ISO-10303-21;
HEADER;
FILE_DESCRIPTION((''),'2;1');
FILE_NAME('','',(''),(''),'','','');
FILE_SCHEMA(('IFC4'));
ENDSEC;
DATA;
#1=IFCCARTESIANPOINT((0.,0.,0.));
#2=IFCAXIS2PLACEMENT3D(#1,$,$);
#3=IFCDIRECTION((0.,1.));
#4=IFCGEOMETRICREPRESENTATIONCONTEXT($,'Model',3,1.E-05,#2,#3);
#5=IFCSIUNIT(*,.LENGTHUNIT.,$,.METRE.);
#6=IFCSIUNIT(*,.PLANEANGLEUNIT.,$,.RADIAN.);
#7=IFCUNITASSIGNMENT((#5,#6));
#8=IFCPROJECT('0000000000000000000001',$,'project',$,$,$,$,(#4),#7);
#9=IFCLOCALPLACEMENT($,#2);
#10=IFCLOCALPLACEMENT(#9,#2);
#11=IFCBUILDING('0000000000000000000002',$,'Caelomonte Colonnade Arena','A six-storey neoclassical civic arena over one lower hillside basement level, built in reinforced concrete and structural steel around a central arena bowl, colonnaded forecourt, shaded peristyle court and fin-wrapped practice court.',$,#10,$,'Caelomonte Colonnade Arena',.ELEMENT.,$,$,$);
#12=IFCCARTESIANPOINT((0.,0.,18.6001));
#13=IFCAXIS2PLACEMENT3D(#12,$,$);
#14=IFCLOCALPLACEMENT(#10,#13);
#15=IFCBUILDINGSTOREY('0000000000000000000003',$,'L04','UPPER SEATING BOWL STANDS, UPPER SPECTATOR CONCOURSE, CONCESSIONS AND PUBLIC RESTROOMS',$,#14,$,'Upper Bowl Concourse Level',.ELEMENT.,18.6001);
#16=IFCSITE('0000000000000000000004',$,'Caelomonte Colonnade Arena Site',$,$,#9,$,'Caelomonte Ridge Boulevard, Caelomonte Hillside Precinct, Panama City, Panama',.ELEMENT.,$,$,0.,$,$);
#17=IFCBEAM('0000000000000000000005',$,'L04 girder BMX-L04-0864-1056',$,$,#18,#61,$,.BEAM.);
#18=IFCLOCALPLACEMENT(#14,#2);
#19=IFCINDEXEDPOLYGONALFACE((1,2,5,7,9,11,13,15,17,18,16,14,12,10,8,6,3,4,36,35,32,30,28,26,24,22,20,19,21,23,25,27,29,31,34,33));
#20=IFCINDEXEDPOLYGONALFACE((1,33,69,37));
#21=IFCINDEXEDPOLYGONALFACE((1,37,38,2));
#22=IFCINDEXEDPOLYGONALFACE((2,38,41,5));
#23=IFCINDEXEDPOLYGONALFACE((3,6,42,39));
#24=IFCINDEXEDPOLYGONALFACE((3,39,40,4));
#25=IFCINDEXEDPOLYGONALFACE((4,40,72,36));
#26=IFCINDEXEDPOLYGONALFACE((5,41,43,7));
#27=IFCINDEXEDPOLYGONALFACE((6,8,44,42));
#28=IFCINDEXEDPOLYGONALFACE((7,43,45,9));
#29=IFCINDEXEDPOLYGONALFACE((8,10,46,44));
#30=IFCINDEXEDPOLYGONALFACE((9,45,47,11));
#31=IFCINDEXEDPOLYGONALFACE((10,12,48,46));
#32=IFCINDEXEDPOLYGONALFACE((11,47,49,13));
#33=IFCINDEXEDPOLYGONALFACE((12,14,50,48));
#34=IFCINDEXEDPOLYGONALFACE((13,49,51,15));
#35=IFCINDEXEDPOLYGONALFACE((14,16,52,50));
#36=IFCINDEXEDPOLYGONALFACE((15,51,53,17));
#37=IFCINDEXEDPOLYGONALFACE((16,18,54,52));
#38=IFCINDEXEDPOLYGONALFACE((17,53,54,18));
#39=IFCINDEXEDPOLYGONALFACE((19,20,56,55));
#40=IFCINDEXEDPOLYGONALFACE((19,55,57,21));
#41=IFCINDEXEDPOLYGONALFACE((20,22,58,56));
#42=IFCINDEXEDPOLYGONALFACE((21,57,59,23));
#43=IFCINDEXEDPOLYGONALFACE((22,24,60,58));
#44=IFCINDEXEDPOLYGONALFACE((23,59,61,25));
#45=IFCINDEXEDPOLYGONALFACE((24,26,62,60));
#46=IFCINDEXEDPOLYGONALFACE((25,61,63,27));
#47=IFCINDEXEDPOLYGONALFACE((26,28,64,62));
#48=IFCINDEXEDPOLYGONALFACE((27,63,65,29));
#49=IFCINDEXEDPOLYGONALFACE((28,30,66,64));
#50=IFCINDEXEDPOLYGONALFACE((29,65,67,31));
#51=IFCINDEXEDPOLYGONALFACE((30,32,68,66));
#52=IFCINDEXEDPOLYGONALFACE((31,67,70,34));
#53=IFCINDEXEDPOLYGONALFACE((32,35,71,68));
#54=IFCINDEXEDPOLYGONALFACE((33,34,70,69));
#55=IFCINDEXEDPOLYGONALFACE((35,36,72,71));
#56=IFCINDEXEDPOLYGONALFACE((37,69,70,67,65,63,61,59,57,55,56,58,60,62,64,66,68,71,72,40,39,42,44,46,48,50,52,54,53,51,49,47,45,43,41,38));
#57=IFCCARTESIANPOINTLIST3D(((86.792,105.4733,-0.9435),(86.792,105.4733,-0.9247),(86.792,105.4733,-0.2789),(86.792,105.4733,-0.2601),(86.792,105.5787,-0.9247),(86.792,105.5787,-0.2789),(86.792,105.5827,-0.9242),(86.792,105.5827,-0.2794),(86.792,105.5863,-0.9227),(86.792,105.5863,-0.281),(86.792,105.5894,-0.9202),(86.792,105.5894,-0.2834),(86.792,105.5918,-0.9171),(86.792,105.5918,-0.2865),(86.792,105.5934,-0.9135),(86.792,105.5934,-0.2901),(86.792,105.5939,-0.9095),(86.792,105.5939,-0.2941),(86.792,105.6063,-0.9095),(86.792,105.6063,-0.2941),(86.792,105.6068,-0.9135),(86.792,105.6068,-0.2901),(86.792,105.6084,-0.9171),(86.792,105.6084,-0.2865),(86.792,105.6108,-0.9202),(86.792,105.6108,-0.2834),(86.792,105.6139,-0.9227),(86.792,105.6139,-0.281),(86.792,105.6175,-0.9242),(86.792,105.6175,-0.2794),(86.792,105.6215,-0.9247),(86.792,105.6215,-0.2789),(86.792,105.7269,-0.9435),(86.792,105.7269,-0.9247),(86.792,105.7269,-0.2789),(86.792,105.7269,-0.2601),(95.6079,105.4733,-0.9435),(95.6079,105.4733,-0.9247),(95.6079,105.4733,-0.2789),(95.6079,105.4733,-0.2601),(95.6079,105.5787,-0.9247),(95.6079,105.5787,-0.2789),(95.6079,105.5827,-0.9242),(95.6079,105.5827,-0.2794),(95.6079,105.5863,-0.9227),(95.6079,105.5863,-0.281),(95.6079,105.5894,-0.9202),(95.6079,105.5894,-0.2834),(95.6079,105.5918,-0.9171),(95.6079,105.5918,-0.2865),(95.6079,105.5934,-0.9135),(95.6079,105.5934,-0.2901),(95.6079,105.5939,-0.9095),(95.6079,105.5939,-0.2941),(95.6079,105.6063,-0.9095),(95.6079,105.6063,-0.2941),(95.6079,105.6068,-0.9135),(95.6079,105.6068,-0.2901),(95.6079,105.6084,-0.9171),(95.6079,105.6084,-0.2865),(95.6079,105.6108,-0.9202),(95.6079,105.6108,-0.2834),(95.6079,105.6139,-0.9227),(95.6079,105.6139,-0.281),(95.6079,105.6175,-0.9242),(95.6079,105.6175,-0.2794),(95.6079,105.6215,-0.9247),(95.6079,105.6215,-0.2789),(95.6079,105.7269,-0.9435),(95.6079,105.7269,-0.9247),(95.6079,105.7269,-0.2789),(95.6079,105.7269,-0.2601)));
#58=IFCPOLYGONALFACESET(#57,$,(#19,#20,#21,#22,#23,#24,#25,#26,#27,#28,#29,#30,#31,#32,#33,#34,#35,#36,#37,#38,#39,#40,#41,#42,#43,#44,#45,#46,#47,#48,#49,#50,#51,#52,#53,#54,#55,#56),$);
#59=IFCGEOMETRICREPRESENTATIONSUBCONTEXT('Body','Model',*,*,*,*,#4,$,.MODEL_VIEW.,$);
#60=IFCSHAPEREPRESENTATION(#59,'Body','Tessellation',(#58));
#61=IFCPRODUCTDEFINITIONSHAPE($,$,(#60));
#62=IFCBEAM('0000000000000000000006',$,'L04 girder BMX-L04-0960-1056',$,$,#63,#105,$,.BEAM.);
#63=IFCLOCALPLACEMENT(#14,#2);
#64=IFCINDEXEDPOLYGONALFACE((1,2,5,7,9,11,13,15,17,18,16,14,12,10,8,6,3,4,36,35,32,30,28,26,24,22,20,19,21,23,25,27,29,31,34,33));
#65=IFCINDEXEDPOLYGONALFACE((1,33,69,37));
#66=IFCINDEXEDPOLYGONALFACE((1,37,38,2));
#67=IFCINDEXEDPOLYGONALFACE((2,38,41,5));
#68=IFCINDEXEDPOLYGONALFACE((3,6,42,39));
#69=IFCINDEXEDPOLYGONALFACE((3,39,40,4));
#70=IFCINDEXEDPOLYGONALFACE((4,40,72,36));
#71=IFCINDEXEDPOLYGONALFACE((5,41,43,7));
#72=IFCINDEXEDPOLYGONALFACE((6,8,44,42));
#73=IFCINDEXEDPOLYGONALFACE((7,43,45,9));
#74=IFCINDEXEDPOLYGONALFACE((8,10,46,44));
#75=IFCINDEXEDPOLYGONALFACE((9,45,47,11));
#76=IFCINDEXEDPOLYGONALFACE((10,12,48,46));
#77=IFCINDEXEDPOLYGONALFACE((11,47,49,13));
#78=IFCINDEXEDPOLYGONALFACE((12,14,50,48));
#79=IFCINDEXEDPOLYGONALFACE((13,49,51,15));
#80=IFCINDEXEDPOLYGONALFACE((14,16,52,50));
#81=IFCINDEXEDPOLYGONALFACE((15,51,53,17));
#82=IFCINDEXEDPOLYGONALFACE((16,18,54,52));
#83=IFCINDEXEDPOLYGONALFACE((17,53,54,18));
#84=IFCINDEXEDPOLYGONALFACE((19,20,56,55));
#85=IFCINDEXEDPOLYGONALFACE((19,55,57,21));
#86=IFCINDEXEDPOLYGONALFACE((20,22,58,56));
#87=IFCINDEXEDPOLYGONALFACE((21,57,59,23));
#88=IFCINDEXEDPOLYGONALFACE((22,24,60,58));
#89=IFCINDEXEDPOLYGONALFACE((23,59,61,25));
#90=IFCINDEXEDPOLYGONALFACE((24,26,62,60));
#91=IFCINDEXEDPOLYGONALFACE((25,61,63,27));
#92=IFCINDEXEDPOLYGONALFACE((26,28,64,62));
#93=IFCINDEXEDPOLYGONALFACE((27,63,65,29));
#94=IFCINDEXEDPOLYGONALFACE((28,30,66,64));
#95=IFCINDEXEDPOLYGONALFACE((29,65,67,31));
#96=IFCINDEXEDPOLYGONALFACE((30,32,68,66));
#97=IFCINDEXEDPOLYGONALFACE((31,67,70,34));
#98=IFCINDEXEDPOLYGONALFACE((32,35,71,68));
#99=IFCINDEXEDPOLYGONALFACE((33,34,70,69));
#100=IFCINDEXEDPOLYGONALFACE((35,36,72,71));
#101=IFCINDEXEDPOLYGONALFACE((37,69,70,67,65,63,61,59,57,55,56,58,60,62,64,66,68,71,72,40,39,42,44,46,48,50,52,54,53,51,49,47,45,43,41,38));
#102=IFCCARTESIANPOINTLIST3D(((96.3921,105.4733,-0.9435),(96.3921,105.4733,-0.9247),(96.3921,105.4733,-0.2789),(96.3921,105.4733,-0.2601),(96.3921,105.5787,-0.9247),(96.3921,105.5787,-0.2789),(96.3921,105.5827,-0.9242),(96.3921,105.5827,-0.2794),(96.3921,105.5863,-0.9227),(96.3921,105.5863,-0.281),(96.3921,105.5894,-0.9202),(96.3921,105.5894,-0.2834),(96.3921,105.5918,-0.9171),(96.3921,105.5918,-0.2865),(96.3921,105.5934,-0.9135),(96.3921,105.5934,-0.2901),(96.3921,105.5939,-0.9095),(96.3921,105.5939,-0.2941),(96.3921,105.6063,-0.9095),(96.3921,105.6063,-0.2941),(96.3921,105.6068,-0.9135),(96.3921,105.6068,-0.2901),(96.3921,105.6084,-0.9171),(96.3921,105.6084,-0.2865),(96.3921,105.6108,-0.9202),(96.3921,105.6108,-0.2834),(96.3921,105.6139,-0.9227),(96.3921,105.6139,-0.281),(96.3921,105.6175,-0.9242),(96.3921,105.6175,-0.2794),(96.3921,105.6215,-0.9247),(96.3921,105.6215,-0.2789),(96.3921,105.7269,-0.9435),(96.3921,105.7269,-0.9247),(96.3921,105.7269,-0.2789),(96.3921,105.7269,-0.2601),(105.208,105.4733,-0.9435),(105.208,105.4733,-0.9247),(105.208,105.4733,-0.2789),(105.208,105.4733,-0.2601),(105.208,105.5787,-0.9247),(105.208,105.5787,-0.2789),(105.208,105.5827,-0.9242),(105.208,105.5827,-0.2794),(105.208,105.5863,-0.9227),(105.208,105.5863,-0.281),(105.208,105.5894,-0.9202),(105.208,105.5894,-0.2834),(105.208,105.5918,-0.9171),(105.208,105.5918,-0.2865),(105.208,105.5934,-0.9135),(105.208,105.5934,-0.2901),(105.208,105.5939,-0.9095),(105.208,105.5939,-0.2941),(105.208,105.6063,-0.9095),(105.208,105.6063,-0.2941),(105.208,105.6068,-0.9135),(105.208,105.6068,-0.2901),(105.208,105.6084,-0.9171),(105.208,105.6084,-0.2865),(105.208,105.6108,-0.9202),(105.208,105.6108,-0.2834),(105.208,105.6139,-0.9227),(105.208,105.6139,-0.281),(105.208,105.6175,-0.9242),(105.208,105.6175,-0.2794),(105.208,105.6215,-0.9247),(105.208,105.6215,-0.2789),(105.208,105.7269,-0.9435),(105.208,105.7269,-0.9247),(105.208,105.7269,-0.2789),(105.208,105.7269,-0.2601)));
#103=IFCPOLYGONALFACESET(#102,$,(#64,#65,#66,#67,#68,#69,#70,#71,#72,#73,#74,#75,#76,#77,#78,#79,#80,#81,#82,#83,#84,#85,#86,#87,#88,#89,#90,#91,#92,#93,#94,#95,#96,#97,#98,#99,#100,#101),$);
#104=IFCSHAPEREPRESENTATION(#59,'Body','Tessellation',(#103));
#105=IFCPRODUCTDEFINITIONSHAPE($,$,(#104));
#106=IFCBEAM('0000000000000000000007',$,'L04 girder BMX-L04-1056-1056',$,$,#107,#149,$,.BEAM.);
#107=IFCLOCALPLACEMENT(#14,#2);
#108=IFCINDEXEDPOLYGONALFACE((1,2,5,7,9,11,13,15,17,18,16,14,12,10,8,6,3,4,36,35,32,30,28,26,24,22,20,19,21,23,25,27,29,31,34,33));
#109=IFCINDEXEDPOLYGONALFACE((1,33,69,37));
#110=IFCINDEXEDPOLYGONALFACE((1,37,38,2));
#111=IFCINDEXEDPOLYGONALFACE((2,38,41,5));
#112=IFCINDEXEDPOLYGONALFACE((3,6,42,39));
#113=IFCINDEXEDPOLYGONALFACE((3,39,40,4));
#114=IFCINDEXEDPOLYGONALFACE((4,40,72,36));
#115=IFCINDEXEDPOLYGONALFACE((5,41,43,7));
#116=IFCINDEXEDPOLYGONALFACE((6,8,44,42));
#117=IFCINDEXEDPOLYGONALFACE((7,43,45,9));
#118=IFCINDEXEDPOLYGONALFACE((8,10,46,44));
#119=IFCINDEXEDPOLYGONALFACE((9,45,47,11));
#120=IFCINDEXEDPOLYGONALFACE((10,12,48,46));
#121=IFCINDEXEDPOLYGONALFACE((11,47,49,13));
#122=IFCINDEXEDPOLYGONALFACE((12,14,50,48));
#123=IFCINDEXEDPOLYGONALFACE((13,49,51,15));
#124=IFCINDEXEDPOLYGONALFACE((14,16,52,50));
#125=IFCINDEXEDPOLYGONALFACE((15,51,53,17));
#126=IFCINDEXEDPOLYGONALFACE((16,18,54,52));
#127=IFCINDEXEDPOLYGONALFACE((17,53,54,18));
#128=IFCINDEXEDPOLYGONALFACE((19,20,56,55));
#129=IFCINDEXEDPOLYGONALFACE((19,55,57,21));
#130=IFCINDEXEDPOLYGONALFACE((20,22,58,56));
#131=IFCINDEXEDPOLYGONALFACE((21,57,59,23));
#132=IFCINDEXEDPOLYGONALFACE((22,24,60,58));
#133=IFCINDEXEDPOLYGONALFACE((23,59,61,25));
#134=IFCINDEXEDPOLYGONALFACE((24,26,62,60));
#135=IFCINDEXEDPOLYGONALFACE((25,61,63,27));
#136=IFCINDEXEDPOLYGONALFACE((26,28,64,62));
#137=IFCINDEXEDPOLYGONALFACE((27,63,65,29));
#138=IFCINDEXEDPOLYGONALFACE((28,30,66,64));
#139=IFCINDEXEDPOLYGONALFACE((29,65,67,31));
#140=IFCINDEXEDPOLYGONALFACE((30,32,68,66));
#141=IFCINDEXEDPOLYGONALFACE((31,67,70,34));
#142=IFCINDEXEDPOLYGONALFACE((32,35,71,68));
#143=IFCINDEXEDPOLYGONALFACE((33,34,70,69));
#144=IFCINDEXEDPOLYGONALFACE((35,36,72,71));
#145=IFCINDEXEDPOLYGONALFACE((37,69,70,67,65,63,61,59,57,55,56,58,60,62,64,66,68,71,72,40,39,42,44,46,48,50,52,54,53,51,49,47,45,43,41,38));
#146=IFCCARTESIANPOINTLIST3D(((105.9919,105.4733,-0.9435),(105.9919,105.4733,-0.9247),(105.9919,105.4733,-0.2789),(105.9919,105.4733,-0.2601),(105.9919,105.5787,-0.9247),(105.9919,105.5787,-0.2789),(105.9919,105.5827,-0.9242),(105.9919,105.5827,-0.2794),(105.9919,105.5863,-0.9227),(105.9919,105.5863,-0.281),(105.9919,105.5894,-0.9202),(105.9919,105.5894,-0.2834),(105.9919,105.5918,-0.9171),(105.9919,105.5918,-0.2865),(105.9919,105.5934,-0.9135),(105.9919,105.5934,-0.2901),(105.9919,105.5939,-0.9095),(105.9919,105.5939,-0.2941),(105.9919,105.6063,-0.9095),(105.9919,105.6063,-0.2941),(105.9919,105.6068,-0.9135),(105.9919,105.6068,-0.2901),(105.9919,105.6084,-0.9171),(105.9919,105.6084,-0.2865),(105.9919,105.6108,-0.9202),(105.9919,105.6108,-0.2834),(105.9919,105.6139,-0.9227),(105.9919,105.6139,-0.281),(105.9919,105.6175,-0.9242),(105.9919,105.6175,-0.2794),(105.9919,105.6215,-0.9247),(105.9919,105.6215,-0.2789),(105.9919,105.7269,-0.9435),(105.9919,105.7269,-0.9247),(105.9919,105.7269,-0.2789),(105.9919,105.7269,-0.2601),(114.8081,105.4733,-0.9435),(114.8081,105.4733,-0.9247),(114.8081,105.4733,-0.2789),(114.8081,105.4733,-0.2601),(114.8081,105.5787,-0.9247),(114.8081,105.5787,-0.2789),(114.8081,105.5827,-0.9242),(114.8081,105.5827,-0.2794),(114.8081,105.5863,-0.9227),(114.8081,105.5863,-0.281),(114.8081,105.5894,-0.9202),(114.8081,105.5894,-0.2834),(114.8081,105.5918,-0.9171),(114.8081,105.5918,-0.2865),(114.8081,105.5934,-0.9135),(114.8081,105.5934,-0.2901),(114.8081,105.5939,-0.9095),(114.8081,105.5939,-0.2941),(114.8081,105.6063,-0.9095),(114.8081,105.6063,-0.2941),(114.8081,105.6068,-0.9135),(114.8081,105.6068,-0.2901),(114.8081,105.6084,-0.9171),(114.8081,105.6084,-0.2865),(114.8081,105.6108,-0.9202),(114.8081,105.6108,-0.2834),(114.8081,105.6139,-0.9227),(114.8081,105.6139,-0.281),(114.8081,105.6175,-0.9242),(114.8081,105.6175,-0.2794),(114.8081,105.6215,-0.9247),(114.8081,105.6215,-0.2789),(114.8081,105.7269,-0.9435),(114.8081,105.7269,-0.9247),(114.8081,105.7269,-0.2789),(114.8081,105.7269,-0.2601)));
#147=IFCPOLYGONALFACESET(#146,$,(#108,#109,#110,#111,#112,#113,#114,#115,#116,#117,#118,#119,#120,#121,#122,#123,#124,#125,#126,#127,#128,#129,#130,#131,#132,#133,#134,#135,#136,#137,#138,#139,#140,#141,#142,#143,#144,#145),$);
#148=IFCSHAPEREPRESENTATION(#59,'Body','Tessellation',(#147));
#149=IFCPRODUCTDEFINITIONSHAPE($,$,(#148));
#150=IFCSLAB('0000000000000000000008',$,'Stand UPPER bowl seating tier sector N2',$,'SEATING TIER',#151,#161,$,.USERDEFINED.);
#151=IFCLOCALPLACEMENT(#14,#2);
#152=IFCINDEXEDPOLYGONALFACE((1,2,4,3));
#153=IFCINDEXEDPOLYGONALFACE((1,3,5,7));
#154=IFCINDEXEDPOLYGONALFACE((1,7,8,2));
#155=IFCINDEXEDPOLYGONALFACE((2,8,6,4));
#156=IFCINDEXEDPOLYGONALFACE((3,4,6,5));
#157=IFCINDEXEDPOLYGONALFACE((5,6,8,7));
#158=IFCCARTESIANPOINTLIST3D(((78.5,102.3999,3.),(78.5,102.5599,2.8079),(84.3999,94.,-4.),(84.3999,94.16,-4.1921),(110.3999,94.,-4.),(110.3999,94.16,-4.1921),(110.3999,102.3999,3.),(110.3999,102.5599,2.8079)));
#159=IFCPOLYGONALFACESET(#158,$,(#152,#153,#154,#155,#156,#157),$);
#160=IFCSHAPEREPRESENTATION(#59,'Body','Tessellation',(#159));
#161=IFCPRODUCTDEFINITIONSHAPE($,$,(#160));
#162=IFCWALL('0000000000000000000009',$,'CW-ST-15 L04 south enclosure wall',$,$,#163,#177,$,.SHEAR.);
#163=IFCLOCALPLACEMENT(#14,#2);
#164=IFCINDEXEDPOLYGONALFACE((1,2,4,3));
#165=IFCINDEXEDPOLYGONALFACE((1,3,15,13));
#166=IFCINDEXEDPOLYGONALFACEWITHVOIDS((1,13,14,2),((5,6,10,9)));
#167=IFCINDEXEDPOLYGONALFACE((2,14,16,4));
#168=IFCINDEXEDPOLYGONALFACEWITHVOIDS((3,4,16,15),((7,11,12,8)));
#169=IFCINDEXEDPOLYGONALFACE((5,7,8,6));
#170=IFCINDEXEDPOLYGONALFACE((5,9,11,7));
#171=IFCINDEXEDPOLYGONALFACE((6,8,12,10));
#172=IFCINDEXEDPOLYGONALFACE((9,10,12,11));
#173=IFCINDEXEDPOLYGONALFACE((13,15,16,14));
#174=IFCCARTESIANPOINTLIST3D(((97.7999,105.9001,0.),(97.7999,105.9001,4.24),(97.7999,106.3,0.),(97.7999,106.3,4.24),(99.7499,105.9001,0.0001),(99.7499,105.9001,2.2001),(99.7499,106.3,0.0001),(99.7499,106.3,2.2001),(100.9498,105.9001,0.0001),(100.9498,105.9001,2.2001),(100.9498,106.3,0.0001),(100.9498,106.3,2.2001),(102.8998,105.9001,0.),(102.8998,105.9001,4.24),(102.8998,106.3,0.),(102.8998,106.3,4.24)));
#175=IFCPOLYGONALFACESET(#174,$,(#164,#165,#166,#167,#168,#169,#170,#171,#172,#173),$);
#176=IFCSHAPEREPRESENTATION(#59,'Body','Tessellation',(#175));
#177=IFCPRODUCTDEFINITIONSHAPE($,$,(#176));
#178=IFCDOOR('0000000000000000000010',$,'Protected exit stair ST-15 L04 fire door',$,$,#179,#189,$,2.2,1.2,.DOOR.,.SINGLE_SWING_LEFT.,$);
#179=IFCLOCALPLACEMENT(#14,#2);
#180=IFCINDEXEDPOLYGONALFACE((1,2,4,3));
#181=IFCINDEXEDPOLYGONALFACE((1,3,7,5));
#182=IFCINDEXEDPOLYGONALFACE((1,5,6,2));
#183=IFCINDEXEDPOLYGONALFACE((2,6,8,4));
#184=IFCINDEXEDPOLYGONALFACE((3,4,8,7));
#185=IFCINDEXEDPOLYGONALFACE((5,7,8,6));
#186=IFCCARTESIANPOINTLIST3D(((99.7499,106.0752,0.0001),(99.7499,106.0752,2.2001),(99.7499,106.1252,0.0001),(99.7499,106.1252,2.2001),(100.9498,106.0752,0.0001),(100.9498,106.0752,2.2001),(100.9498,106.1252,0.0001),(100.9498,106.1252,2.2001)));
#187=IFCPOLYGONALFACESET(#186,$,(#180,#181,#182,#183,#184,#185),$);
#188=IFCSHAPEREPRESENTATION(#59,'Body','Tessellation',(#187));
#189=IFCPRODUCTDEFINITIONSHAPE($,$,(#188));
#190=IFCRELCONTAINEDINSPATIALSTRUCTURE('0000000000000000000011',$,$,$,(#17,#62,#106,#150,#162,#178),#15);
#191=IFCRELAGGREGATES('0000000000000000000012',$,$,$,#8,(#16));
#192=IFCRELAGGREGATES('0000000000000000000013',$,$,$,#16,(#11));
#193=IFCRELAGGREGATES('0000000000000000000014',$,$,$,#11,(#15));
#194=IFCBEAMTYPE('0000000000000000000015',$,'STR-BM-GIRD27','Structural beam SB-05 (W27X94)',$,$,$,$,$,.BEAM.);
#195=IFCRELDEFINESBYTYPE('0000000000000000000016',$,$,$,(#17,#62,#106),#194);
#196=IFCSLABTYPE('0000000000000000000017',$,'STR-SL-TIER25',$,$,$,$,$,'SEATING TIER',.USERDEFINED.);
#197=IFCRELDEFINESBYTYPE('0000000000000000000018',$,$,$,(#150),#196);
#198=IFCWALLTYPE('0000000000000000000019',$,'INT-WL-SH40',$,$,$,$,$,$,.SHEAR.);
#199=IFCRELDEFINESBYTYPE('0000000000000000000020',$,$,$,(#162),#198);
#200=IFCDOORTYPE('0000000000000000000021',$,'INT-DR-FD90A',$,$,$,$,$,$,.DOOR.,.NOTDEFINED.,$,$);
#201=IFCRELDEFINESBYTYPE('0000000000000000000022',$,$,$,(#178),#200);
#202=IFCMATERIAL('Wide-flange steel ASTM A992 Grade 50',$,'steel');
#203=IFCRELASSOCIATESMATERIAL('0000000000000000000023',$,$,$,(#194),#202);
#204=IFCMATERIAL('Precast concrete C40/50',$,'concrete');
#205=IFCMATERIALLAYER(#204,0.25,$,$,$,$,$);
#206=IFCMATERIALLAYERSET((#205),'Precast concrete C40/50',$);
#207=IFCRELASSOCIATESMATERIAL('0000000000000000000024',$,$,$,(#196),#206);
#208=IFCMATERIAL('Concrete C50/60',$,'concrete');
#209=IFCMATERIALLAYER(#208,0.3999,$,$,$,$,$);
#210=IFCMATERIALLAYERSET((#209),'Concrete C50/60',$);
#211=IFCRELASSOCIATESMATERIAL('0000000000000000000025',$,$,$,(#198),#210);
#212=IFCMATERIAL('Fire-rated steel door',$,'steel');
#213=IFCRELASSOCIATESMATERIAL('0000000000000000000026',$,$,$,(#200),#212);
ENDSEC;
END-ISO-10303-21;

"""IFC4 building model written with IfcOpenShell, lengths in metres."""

from ifc_helpers import new_model, si_unit, direction, frame, frame_2d, origin, origin_2d, place, context, subcontext, project, spatial, polyline, rectangle, i_section, outline, extrude, material, layer, layer_set, material_profile, profile_set, type_object, element, fill, save


model = new_model("IFC4")

# Units and contexts
model_context = context("Model", 3, precision=1e-05, world=origin(), true_north=direction((0.0, 1.0)))
body_context = subcontext(model_context, "Body", "Model", "MODEL_VIEW")
ifc_project = project(units=[si_unit("LENGTHUNIT", "METRE"), si_unit("PLANEANGLEUNIT", "RADIAN")], contexts=[model_context])

# Site, building, storey
site_placement = place(None, origin())
site = spatial("IfcSite", under=ifc_project, at=site_placement, Name="Caelomonte Colonnade Arena Site", LongName="Caelomonte Ridge Boulevard, Caelomonte Hillside Precinct, Panama City, Panama", CompositionType="ELEMENT", RefElevation=0.0)
building_placement = place(site_placement, origin())
building = spatial("IfcBuilding", under=site, at=building_placement, Name="Caelomonte Colonnade Arena", Description="A six-storey neoclassical civic arena over one lower hillside basement level, built in reinforced concrete and structural steel around a central arena bowl, colonnaded forecourt, shaded peristyle court and fin-wrapped practice court.", LongName="Caelomonte Colonnade Arena", CompositionType="ELEMENT")
storey_placement = place(building_placement, frame((0.0, 0.0, 18.6001)))
storey = spatial("IfcBuildingStorey", under=building, at=storey_placement, Name="L04", Description="UPPER SEATING BOWL STANDS, UPPER SPECTATOR CONCOURSE, CONCESSIONS AND PUBLIC RESTROOMS", LongName="Upper Bowl Concourse Level", CompositionType="ELEMENT", Elevation=18.6001)

# Beams
ifc_material_1 = material(Name="Wide-flange steel ASTM A992 Grade 50", Category="steel")
ifc_material_profile_1 = material_profile(ifc_material_1, i_section(OverallWidth=0.2537, OverallDepth=0.6833, WebThickness=0.0125, FlangeThickness=0.0188, FilletRadius=0.0151, at=origin_2d()), Name="W27X94")
ifc_profile_set_1 = profile_set([ifc_material_profile_1], Name="Wide-flange steel ASTM A992 Grade 50")
beam_type_1 = type_object("IfcBeamType", Name="STR-BM-GIRD27", Description="Structural beam SB-05 (W27X94)", PredefinedType="BEAM", material=ifc_profile_set_1)
for number, where, z_axis, x_axis, name in (
    (1, (86.792, 105.6001, -0.6018), (1.0, 0.0, 0.0), (0.0, 1.0, 0.0), "L04 girder BMX-L04-0864-1056"),
    (2, (96.3921, 105.6001, -0.6018), (1.0, 0.0, 0.0), (0.0, 1.0, 0.0), "L04 girder BMX-L04-0960-1056"),
):
    element("IfcBeam", number, at=place(storey_placement, frame(where, z_axis=z_axis, x_axis=x_axis)), inside=storey, type_object=beam_type_1, Name=name, PredefinedType="BEAM", context=body_context, shape_type="SweptSolid", body=[
        extrude(i_section(OverallWidth=0.2537, OverallDepth=0.6833, WebThickness=0.0125, FlangeThickness=0.0188, FilletRadius=0.0151, at=origin_2d()), origin(), (0.0, 0.0, 1.0), 8.8159),
    ])
beam_placement = place(storey_placement, frame((105.9919, 105.6001, -0.6018), z_axis=(1.0, 0.0, 0.0), x_axis=(0.0, 1.0, 0.0)))
element("IfcBeam", 3, at=beam_placement, inside=storey, type_object=beam_type_1, Name="L04 girder BMX-L04-1056-1056", PredefinedType="BEAM", context=body_context, shape_type="SweptSolid", body=[
    extrude(i_section(OverallWidth=0.2537, OverallDepth=0.6833, WebThickness=0.0125, FlangeThickness=0.0188, FilletRadius=0.0151, at=origin_2d()), origin(), (0.0, 0.0, 1.0), 8.8162),
])

# Slab
ifc_material_2 = material(Name="Precast concrete C40/50", Category="concrete")
ifc_layer_1 = layer(ifc_material_2, 0.25)
ifc_layer_set_1 = layer_set([ifc_layer_1], Name="Precast concrete C40/50")
slab_type = type_object("IfcSlabType", Name="STR-SL-TIER25", ElementType="SEATING TIER", PredefinedType="USERDEFINED", material=ifc_layer_set_1)
slab_placement = place(storey_placement, frame((110.3999, 94.0, -4.0), z_axis=(0.0, -0.640189, 0.768218), x_axis=(-1.0, 0.0, 0.0)))
element("IfcSlab", 4, at=slab_placement, inside=storey, type_object=slab_type, Name="Stand UPPER bowl seating tier sector N2", ObjectType="SEATING TIER", PredefinedType="USERDEFINED", context=body_context, shape_type="SweptSolid", body=[
    extrude(outline(polyline([(0.0, 0.0), (26.0, 0.0), (31.8999, -10.9343), (0.0, -10.9343), (0.0, 0.0)])), origin(), (0.0, 0.0, -1.0), 0.25),
])

# Wall, opening, door
ifc_material_3 = material(Name="Concrete C50/60", Category="concrete")
ifc_layer_2 = layer(ifc_material_3, 0.3999)
ifc_layer_set_2 = layer_set([ifc_layer_2], Name="Concrete C50/60")
wall_type = type_object("IfcWallType", Name="INT-WL-SH40", PredefinedType="SHEAR", material=ifc_layer_set_2)
wall_1_placement = place(storey_placement, frame((97.8, 106.1001, 0.0), z_axis=(0.0, 0.0, 1.0), x_axis=(1.0, 0.0, 0.0)))
wall_1 = element("IfcWall", 5, at=wall_1_placement, inside=storey, type_object=wall_type, Name="CW-ST-15 L04 south enclosure wall", PredefinedType="SHEAR", context=body_context, shape_type="SweptSolid", body=[
    extrude(rectangle(XDim=5.0999, YDim=0.3999, at=frame_2d((2.5498, 0.0))), origin(), (0.0, 0.0, 1.0), 4.24),
])
opening_1_placement = place(wall_1_placement, frame((3.1499, 0.0, 0.0), z_axis=(0.0, 0.0, 1.0), x_axis=(-1.0, 0.0, 0.0)))
opening_1 = element("IfcOpeningElement", 6, at=opening_1_placement, cuts=wall_1, PredefinedType="OPENING", context=body_context, shape_type="SweptSolid", body=[
    extrude(rectangle(XDim=1.2, YDim=2.2, at=frame_2d((0.6001, 1.1001))), frame((0.0, 0.21, 0.0), z_axis=(0.0, -1.0, 0.0), x_axis=(1.0, 0.0, 0.0)), (0.0, 0.0, 1.0), 0.4199),
])
ifc_material_4 = material(Name="Fire-rated steel door", Category="steel")
door_type = type_object("IfcDoorType", Name="INT-DR-FD90A", OperationType="NOTDEFINED", PredefinedType="DOOR", material=ifc_material_4)
door_1_placement = place(opening_1_placement, origin())
door_1 = element("IfcDoor", 7, at=door_1_placement, inside=storey, type_object=door_type, Name="Protected exit stair ST-15 L04 fire door", OperationType="SINGLE_SWING_LEFT", OverallHeight=2.2, OverallWidth=1.2, PredefinedType="DOOR", context=body_context, shape_type="SweptSolid", body=[
    extrude(rectangle(XDim=1.2, YDim=2.2, at=frame_2d((0.6001, 1.1001))), frame((0.0, 0.0249, 0.0), z_axis=(0.0, -1.0, 0.0), x_axis=(1.0, 0.0, 0.0)), (0.0, 0.0, 1.0), 0.05),
])
fill(opening_1, door_1)

save(model, "model.ifc")
